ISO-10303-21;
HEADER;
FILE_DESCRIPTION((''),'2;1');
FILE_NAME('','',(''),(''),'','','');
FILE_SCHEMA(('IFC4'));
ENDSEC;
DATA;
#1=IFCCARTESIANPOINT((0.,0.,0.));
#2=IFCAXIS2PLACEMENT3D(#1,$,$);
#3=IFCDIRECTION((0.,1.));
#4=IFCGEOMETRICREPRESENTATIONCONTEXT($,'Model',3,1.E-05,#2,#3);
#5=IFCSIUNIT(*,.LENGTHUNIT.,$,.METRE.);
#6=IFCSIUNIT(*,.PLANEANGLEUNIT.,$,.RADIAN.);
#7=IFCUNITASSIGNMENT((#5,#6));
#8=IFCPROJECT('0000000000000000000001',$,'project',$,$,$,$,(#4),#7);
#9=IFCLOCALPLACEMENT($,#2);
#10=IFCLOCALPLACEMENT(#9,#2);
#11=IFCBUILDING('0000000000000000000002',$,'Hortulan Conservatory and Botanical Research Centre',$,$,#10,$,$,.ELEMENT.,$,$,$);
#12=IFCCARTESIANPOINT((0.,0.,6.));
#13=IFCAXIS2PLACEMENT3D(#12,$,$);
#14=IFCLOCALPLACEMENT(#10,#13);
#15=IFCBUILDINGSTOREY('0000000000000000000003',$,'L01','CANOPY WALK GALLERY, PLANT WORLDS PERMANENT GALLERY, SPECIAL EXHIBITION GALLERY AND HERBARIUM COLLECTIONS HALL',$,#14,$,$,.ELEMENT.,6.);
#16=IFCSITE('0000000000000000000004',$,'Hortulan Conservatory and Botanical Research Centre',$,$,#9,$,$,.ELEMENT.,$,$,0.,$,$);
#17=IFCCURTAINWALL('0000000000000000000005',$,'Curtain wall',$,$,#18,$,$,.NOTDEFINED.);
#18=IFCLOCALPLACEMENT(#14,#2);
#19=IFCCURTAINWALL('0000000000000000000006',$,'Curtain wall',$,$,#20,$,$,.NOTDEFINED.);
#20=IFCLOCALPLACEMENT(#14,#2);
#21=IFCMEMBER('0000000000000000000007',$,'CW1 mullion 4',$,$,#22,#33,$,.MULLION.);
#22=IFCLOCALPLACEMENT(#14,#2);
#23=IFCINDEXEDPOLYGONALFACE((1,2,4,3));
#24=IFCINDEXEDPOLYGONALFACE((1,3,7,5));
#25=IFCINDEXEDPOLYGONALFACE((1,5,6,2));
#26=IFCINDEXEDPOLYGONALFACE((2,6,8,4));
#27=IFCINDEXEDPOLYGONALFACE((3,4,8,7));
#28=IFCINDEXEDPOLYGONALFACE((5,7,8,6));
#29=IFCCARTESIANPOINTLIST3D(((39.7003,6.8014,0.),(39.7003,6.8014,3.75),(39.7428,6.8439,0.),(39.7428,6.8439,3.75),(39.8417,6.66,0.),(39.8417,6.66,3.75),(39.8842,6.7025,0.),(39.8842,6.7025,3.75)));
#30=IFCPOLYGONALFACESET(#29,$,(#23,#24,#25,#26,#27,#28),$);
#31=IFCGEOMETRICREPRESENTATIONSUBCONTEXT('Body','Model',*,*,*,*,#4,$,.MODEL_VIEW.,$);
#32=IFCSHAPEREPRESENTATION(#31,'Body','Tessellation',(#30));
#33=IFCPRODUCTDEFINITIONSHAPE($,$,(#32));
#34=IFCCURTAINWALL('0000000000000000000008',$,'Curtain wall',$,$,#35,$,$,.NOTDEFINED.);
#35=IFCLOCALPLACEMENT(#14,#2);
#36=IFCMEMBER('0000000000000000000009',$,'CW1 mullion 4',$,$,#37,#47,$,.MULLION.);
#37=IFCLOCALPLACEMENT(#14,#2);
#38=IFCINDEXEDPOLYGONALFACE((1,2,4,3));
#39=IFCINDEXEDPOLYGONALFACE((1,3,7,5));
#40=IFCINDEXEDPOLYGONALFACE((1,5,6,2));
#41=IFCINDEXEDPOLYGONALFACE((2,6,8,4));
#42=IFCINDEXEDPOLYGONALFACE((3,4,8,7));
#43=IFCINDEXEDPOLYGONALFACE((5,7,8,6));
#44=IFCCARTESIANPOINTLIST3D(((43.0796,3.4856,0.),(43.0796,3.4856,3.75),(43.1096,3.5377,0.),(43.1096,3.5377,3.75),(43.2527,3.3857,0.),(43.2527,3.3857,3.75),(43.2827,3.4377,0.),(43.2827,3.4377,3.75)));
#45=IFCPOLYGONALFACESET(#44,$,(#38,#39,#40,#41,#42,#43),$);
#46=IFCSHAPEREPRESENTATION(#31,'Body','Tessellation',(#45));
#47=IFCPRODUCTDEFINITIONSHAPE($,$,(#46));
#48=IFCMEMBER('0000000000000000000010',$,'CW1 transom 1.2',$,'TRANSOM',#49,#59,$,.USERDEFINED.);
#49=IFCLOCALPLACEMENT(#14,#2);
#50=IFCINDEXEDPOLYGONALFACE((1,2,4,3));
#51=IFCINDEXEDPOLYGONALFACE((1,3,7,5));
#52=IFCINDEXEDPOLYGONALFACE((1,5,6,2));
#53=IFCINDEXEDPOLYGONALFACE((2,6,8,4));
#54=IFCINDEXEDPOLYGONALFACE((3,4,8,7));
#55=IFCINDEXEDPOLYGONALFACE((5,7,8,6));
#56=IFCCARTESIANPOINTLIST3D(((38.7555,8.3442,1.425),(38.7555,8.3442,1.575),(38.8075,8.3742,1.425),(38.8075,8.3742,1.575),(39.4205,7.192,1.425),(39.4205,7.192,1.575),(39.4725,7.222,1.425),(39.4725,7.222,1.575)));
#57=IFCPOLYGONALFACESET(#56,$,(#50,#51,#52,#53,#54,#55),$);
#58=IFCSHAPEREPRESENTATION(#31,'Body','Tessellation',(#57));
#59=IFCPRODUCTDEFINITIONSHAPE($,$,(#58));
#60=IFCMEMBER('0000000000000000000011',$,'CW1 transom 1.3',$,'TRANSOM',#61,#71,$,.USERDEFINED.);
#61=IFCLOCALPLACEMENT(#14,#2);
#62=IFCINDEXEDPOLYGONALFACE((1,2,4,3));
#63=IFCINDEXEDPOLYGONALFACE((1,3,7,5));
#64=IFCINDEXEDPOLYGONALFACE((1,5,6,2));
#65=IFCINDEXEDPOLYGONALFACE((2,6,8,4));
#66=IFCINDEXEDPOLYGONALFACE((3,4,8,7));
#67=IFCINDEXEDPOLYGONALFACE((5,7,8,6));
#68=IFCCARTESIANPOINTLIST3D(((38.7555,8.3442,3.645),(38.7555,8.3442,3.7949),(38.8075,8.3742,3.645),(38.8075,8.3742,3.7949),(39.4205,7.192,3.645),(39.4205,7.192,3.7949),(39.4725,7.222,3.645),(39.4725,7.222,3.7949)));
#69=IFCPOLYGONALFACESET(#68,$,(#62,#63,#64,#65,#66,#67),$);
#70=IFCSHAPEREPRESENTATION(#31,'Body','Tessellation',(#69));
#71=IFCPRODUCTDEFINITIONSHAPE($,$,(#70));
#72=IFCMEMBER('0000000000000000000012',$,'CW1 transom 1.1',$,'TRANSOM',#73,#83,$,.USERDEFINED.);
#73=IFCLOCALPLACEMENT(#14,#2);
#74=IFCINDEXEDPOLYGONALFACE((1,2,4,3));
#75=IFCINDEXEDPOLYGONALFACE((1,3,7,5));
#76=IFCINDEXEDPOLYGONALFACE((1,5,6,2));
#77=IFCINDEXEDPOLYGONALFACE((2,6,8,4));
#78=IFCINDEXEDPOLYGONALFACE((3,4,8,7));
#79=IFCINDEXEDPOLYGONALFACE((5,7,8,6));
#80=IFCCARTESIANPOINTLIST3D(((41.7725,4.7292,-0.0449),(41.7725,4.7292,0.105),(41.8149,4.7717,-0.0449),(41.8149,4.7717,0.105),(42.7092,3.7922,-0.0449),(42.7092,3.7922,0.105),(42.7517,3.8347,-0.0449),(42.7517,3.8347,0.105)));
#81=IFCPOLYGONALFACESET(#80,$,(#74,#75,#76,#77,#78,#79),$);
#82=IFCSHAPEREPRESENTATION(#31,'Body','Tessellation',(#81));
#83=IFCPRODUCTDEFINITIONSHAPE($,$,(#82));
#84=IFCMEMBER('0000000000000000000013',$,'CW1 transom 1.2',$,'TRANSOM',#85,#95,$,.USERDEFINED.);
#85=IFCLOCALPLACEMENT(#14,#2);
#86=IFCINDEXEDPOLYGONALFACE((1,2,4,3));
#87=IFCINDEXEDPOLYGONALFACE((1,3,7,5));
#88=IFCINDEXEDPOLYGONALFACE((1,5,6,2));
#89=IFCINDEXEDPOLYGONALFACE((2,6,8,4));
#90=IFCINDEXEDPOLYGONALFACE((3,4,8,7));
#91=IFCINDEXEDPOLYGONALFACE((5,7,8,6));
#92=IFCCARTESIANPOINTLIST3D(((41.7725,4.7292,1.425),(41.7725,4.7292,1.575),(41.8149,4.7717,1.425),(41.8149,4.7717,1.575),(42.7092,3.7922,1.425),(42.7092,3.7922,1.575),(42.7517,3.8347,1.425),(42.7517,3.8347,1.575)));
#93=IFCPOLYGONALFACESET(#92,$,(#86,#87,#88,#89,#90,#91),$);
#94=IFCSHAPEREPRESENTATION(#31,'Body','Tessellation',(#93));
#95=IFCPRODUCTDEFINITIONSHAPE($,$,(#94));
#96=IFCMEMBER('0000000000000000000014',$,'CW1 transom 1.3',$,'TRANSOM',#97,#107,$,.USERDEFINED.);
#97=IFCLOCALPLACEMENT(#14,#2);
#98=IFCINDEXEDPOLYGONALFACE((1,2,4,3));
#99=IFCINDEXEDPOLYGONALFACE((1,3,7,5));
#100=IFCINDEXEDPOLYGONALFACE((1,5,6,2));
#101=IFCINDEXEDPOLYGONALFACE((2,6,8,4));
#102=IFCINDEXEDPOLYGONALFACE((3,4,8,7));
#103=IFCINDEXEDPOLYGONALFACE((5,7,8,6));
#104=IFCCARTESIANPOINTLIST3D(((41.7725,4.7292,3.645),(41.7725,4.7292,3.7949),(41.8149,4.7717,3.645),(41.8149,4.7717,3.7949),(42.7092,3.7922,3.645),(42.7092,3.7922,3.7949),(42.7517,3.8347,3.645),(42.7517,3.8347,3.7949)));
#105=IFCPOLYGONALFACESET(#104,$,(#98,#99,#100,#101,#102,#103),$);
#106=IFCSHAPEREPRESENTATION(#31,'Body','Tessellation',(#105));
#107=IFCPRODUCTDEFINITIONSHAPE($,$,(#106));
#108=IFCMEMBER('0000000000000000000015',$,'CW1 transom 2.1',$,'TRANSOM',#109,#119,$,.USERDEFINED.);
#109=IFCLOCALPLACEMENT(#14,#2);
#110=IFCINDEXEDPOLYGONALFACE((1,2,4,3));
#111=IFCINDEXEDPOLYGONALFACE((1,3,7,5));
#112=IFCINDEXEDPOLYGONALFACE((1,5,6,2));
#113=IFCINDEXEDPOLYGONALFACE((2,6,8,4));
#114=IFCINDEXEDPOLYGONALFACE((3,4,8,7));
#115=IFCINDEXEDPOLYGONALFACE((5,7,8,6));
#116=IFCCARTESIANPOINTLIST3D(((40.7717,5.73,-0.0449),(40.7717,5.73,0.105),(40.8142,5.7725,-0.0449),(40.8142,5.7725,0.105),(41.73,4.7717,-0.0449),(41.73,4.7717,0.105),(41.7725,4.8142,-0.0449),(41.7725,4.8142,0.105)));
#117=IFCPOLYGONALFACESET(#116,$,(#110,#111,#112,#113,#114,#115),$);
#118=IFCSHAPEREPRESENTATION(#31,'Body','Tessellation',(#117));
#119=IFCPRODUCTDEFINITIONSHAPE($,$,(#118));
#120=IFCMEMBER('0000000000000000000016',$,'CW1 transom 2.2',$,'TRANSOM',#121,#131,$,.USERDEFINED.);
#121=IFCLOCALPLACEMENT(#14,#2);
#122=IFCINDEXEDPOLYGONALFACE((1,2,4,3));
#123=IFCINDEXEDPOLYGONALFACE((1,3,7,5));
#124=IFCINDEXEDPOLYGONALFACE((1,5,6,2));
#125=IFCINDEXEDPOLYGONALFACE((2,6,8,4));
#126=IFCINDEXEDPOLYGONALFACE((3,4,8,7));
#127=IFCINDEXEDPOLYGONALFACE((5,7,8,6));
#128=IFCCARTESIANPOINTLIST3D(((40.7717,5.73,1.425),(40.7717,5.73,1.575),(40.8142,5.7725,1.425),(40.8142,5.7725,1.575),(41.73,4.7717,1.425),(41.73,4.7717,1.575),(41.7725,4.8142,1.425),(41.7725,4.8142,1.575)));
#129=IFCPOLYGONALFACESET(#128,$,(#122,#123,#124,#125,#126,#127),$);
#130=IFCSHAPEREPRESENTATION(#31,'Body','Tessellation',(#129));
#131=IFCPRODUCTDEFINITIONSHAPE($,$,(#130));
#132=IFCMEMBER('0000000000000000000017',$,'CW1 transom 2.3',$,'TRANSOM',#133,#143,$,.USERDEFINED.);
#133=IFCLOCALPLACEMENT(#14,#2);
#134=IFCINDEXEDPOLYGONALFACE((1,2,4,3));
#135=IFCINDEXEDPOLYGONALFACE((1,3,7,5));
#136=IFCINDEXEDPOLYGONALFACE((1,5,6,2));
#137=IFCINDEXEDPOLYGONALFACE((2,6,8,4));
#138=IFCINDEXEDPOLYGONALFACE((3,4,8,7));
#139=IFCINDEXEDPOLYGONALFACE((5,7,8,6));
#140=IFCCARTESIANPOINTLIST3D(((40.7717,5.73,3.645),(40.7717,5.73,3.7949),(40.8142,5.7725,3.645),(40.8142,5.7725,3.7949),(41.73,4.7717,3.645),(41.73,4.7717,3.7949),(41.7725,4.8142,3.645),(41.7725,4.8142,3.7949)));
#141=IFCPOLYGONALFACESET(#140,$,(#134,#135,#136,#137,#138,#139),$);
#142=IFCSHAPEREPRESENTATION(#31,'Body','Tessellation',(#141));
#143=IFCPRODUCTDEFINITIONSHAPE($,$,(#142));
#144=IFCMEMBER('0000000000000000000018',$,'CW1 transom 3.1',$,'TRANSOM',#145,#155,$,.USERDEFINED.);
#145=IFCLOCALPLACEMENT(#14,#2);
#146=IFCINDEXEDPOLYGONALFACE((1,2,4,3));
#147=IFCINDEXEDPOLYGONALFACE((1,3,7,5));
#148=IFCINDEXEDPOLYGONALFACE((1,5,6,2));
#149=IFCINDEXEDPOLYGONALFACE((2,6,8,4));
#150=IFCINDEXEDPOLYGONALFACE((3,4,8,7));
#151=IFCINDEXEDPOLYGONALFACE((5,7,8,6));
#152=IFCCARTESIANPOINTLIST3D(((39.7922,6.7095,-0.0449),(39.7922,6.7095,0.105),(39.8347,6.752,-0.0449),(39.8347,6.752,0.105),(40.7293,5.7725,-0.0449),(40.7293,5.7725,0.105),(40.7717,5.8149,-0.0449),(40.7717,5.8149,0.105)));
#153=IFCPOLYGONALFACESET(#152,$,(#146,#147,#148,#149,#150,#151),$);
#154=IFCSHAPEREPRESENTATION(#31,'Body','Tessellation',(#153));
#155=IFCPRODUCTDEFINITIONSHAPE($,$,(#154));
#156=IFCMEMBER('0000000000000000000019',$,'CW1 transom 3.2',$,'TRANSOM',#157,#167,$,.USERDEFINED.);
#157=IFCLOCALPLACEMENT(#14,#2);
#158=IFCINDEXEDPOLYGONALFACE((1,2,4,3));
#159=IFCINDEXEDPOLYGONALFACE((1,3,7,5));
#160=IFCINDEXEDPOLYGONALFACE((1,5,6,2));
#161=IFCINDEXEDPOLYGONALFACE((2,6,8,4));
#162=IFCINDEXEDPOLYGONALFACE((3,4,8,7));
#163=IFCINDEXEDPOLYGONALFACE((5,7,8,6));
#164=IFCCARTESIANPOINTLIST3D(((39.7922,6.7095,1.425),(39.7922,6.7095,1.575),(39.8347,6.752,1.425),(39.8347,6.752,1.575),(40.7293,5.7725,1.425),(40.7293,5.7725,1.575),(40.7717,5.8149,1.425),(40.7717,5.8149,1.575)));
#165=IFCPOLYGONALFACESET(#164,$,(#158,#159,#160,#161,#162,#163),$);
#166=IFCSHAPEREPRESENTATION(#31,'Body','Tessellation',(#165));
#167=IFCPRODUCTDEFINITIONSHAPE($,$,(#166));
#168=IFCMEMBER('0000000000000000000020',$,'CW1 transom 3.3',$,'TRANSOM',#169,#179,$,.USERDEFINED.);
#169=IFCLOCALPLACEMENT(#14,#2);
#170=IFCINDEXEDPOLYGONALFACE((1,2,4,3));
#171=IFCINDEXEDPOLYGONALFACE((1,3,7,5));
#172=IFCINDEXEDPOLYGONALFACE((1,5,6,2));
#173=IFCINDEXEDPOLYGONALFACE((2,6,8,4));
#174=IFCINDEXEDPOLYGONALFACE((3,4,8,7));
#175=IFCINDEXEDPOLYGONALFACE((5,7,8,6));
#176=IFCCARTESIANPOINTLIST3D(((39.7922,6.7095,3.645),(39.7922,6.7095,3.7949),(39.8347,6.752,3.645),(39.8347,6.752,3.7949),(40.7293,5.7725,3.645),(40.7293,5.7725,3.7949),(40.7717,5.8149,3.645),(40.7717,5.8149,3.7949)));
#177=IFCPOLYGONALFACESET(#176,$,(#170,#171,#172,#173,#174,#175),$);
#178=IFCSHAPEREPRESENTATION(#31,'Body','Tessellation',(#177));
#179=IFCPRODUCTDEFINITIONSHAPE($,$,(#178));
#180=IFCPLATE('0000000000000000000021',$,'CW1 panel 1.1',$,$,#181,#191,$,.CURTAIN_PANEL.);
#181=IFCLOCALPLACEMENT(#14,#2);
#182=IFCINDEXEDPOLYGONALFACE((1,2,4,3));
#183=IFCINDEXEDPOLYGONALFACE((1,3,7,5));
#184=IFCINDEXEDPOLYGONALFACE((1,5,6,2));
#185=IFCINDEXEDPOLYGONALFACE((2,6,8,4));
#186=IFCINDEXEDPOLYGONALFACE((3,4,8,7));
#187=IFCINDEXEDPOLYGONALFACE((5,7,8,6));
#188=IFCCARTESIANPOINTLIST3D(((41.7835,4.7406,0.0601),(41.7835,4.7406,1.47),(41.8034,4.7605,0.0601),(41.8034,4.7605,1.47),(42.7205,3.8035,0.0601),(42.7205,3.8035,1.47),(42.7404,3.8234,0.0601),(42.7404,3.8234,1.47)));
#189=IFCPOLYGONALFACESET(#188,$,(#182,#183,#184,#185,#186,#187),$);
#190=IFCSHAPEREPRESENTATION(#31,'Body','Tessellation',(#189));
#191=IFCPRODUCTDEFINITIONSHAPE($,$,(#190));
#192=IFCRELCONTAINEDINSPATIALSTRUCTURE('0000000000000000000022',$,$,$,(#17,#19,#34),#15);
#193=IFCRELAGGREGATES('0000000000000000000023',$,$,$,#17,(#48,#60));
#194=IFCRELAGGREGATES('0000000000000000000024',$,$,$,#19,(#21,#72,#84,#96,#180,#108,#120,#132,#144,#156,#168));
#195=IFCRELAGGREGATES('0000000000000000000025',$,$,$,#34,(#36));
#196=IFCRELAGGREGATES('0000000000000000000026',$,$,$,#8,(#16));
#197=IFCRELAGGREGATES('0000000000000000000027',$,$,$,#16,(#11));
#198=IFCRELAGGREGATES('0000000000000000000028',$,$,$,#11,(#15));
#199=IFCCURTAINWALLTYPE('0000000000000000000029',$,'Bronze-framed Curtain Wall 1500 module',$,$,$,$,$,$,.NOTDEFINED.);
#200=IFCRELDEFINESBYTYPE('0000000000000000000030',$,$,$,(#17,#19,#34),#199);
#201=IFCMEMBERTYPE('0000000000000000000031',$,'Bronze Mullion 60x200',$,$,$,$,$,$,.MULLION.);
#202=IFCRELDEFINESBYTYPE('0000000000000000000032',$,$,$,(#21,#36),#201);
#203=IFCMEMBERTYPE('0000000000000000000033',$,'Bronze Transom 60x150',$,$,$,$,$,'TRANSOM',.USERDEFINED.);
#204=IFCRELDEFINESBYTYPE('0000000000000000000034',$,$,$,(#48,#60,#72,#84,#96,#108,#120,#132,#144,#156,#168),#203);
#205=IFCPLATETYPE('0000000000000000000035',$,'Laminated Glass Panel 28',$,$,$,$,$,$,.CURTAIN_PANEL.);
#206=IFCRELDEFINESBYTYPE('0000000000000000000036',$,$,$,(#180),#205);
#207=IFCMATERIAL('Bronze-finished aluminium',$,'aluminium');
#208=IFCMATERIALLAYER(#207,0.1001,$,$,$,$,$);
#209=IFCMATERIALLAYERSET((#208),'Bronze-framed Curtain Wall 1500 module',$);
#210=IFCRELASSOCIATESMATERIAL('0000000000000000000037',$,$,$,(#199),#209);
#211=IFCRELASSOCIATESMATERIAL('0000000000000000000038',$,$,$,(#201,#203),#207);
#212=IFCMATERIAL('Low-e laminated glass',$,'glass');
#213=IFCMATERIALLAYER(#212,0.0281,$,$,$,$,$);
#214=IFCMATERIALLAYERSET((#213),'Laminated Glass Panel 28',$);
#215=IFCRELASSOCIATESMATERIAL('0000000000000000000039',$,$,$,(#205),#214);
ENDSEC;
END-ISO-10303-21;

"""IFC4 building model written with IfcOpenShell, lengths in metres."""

from ifc_helpers import new_model, si_unit, direction, frame, origin, origin_2d, place, context, subcontext, project, spatial, rectangle, extrude, material, layer, layer_set, material_profile, profile_set, type_object, element, aggregate, save


model = new_model("IFC4")

# Units and contexts
model_context = context("Model", 3, precision=1e-05, world=origin(), true_north=direction((0.0, 1.0)))
body_context = subcontext(model_context, "Body", "Model", "MODEL_VIEW")
ifc_project = project(units=[si_unit("LENGTHUNIT", "METRE"), si_unit("PLANEANGLEUNIT", "RADIAN")], contexts=[model_context])

# Site, building, storey
site_placement = place(None, origin())
site = spatial("IfcSite", under=ifc_project, at=site_placement, Name="Hortulan Conservatory and Botanical Research Centre", CompositionType="ELEMENT", RefElevation=0.0)
building_placement = place(site_placement, origin())
building = spatial("IfcBuilding", under=site, at=building_placement, Name="Hortulan Conservatory and Botanical Research Centre", CompositionType="ELEMENT")
storey_placement = place(building_placement, frame((0.0, 0.0, 6.0)))
storey = spatial("IfcBuildingStorey", under=building, at=storey_placement, Name="L01", Description="CANOPY WALK GALLERY, PLANT WORLDS PERMANENT GALLERY, SPECIAL EXHIBITION GALLERY AND HERBARIUM COLLECTIONS HALL", CompositionType="ELEMENT", Elevation=6.0)

# Curtain wall
ifc_material_1 = material(Name="Bronze-finished aluminium", Category="aluminium")
ifc_layer_1 = layer(ifc_material_1, 0.1001)
ifc_layer_set_1 = layer_set([ifc_layer_1], Name="Bronze-framed Curtain Wall 1500 module")
curtain_wall_type = type_object("IfcCurtainWallType", Name="Bronze-framed Curtain Wall 1500 module", PredefinedType="NOTDEFINED", material=ifc_layer_set_1)
curtain_wall_1_placement = place(storey_placement, origin())
curtain_wall_1 = element("IfcCurtainWall", 1, at=curtain_wall_1_placement, inside=storey, type_object=curtain_wall_type, Name="Curtain wall", PredefinedType="NOTDEFINED")
ifc_material_profile_1 = material_profile(ifc_material_1, rectangle(XDim=0.0601, YDim=0.2, at=origin_2d()), Name="Bronze Mullion 60x200")
ifc_profile_set_1 = profile_set([ifc_material_profile_1], Name="Bronze-finished aluminium")
member_type_1 = type_object("IfcMemberType", Name="Bronze Mullion 60x200", PredefinedType="MULLION", material=ifc_profile_set_1)

# Curtain wall, member
curtain_wall_2_placement = place(storey_placement, origin())
curtain_wall_2 = element("IfcCurtainWall", 2, at=curtain_wall_2_placement, inside=storey, type_object=curtain_wall_type, Name="Curtain wall", PredefinedType="NOTDEFINED")
member_1_placement = place(storey_placement, frame((39.7922, 6.752, 0.0), z_axis=(0.0, 0.0, 1.0), x_axis=(-0.70713, -0.707083, 0.0)))
member_1 = element("IfcMember", 3, at=member_1_placement, type_object=member_type_1, Name="CW1 mullion 4", PredefinedType="MULLION", context=body_context, shape_type="SweptSolid", body=[
    extrude(rectangle(XDim=0.0601, YDim=0.2, at=origin_2d()), origin(), (0.0, 0.0, 1.0), 3.75),
])

# Curtain wall, member
curtain_wall_3_placement = place(storey_placement, origin())
curtain_wall_3 = element("IfcCurtainWall", 4, at=curtain_wall_3_placement, inside=storey, type_object=curtain_wall_type, Name="Curtain wall", PredefinedType="NOTDEFINED")
member_2_placement = place(storey_placement, frame((43.1812, 3.4617, 0.0), z_axis=(0.0, 0.0, 1.0), x_axis=(-0.499981, -0.866036, 0.0)))
member_2 = element("IfcMember", 5, at=member_2_placement, type_object=member_type_1, Name="CW1 mullion 4", PredefinedType="MULLION", context=body_context, shape_type="SweptSolid", body=[
    extrude(rectangle(XDim=0.0601, YDim=0.2, at=origin_2d()), origin(), (0.0, 0.0, 1.0), 3.75),
])

# Members
ifc_material_profile_2 = material_profile(ifc_material_1, rectangle(XDim=0.0601, YDim=0.1499, at=origin_2d()), Name="Bronze Transom 60x150")
ifc_profile_set_2 = profile_set([ifc_material_profile_2], Name="Bronze-finished aluminium")
member_type_2 = type_object("IfcMemberType", Name="Bronze Transom 60x150", ElementType="TRANSOM", PredefinedType="USERDEFINED", material=ifc_profile_set_2)
member_3_placement = place(storey_placement, frame((39.4465, 7.207, 1.5), z_axis=(-0.499929, 0.866066, 0.0), x_axis=(-0.866066, -0.499929, 0.0)))
member_3 = element("IfcMember", 6, at=member_3_placement, type_object=member_type_2, Name="CW1 transom 1.2", ObjectType="TRANSOM", PredefinedType="USERDEFINED", context=body_context, shape_type="SweptSolid", body=[
    extrude(rectangle(XDim=0.0601, YDim=0.1499, at=origin_2d()), origin(), (0.0, 0.0, 1.0), 1.3303),
])
member_4_placement = place(storey_placement, frame((39.4465, 7.207, 3.72), z_axis=(-0.499929, 0.866066, 0.0), x_axis=(-0.866066, -0.499929, 0.0)))
member_4 = element("IfcMember", 7, at=member_4_placement, type_object=member_type_2, Name="CW1 transom 1.3", ObjectType="TRANSOM", PredefinedType="USERDEFINED", context=body_context, shape_type="SweptSolid", body=[
    extrude(rectangle(XDim=0.0601, YDim=0.1499, at=origin_2d()), origin(), (0.0, 0.0, 1.0), 1.3303),
])
aggregate(curtain_wall_1, [member_3, member_4])
member_5_placement = place(storey_placement, frame((42.7305, 3.8135, 0.03), z_axis=(-0.707015, 0.707199, 0.0), x_axis=(-0.707199, -0.707015, 0.0)))
member_5 = element("IfcMember", 8, at=member_5_placement, type_object=member_type_2, Name="CW1 transom 1.1", ObjectType="TRANSOM", PredefinedType="USERDEFINED", context=body_context, shape_type="SweptSolid", body=[
    extrude(rectangle(XDim=0.0601, YDim=0.1499, at=origin_2d()), origin(), (0.0, 0.0, 1.0), 1.325),
])
member_6_placement = place(storey_placement, frame((42.7305, 3.8135, 1.5), z_axis=(-0.707015, 0.707199, 0.0), x_axis=(-0.707199, -0.707015, 0.0)))
member_6 = element("IfcMember", 9, at=member_6_placement, type_object=member_type_2, Name="CW1 transom 1.2", ObjectType="TRANSOM", PredefinedType="USERDEFINED", context=body_context, shape_type="SweptSolid", body=[
    extrude(rectangle(XDim=0.0601, YDim=0.1499, at=origin_2d()), origin(), (0.0, 0.0, 1.0), 1.325),
])
member_7_placement = place(storey_placement, frame((42.7305, 3.8135, 3.72), z_axis=(-0.707015, 0.707199, 0.0), x_axis=(-0.707199, -0.707015, 0.0)))
member_7 = element("IfcMember", 10, at=member_7_placement, type_object=member_type_2, Name="CW1 transom 1.3", ObjectType="TRANSOM", PredefinedType="USERDEFINED", context=body_context, shape_type="SweptSolid", body=[
    extrude(rectangle(XDim=0.0601, YDim=0.1499, at=origin_2d()), origin(), (0.0, 0.0, 1.0), 1.325),
])
member_8_placement = place(storey_placement, frame((41.7512, 4.793, 0.03), z_axis=(-0.707107, 0.707107, 0.0), x_axis=(-0.707107, -0.707107, 0.0)))
member_8 = element("IfcMember", 11, at=member_8_placement, type_object=member_type_2, Name="CW1 transom 2.1", ObjectType="TRANSOM", PredefinedType="USERDEFINED", context=body_context, shape_type="SweptSolid", body=[
    extrude(rectangle(XDim=0.0601, YDim=0.1499, at=origin_2d()), origin(), (0.0, 0.0, 1.0), 1.3552),
])
member_9_placement = place(storey_placement, frame((41.7512, 4.793, 1.5), z_axis=(-0.707107, 0.707107, 0.0), x_axis=(-0.707107, -0.707107, 0.0)))
member_9 = element("IfcMember", 12, at=member_9_placement, type_object=member_type_2, Name="CW1 transom 2.2", ObjectType="TRANSOM", PredefinedType="USERDEFINED", context=body_context, shape_type="SweptSolid", body=[
    extrude(rectangle(XDim=0.0601, YDim=0.1499, at=origin_2d()), origin(), (0.0, 0.0, 1.0), 1.3552),
])
member_10_placement = place(storey_placement, frame((41.7512, 4.793, 3.72), z_axis=(-0.707107, 0.707107, 0.0), x_axis=(-0.707107, -0.707107, 0.0)))
member_10 = element("IfcMember", 13, at=member_10_placement, type_object=member_type_2, Name="CW1 transom 2.3", ObjectType="TRANSOM", PredefinedType="USERDEFINED", context=body_context, shape_type="SweptSolid", body=[
    extrude(rectangle(XDim=0.0601, YDim=0.1499, at=origin_2d()), origin(), (0.0, 0.0, 1.0), 1.3552),
])
member_11_placement = place(storey_placement, frame((40.7505, 5.7937, 0.03), z_axis=(-0.707107, 0.707107, 0.0), x_axis=(-0.707107, -0.707107, 0.0)))
member_11 = element("IfcMember", 14, at=member_11_placement, type_object=member_type_2, Name="CW1 transom 3.1", ObjectType="TRANSOM", PredefinedType="USERDEFINED", context=body_context, shape_type="SweptSolid", body=[
    extrude(rectangle(XDim=0.0601, YDim=0.1499, at=origin_2d()), origin(), (0.0, 0.0, 1.0), 1.3252),
])
member_12_placement = place(storey_placement, frame((40.7505, 5.7937, 1.5), z_axis=(-0.707107, 0.707107, 0.0), x_axis=(-0.707107, -0.707107, 0.0)))
member_12 = element("IfcMember", 15, at=member_12_placement, type_object=member_type_2, Name="CW1 transom 3.2", ObjectType="TRANSOM", PredefinedType="USERDEFINED", context=body_context, shape_type="SweptSolid", body=[
    extrude(rectangle(XDim=0.0601, YDim=0.1499, at=origin_2d()), origin(), (0.0, 0.0, 1.0), 1.3252),
])
member_13_placement = place(storey_placement, frame((40.7505, 5.7937, 3.72), z_axis=(-0.707107, 0.707107, 0.0), x_axis=(-0.707107, -0.707107, 0.0)))
member_13 = element("IfcMember", 16, at=member_13_placement, type_object=member_type_2, Name="CW1 transom 3.3", ObjectType="TRANSOM", PredefinedType="USERDEFINED", context=body_context, shape_type="SweptSolid", body=[
    extrude(rectangle(XDim=0.0601, YDim=0.1499, at=origin_2d()), origin(), (0.0, 0.0, 1.0), 1.3252),
])

# Plate
ifc_material_2 = material(Name="Low-e laminated glass", Category="glass")
ifc_layer_2 = layer(ifc_material_2, 0.0281)
ifc_layer_set_2 = layer_set([ifc_layer_2], Name="Laminated Glass Panel 28")
plate_type = type_object("IfcPlateType", Name="Laminated Glass Panel 28", PredefinedType="CURTAIN_PANEL", material=ifc_layer_set_2)
plate_1_placement = place(storey_placement, frame((42.262, 4.282, 0.0601), z_axis=(0.0, 0.0, 1.0), x_axis=(-0.707083, 0.70713, 0.0)))
plate_1 = element("IfcPlate", 17, at=plate_1_placement, type_object=plate_type, Name="CW1 panel 1.1", PredefinedType="CURTAIN_PANEL", context=body_context, shape_type="SweptSolid", body=[
    extrude(rectangle(XDim=1.3252, YDim=0.0281, at=origin_2d()), origin(), (0.0, 0.0, 1.0), 1.4099),
])
aggregate(curtain_wall_2, [member_1, member_5, member_6, member_7, plate_1, member_8, member_9, member_10, member_11, member_12, member_13])
aggregate(curtain_wall_3, [member_2])

save(model, "model.ifc")
